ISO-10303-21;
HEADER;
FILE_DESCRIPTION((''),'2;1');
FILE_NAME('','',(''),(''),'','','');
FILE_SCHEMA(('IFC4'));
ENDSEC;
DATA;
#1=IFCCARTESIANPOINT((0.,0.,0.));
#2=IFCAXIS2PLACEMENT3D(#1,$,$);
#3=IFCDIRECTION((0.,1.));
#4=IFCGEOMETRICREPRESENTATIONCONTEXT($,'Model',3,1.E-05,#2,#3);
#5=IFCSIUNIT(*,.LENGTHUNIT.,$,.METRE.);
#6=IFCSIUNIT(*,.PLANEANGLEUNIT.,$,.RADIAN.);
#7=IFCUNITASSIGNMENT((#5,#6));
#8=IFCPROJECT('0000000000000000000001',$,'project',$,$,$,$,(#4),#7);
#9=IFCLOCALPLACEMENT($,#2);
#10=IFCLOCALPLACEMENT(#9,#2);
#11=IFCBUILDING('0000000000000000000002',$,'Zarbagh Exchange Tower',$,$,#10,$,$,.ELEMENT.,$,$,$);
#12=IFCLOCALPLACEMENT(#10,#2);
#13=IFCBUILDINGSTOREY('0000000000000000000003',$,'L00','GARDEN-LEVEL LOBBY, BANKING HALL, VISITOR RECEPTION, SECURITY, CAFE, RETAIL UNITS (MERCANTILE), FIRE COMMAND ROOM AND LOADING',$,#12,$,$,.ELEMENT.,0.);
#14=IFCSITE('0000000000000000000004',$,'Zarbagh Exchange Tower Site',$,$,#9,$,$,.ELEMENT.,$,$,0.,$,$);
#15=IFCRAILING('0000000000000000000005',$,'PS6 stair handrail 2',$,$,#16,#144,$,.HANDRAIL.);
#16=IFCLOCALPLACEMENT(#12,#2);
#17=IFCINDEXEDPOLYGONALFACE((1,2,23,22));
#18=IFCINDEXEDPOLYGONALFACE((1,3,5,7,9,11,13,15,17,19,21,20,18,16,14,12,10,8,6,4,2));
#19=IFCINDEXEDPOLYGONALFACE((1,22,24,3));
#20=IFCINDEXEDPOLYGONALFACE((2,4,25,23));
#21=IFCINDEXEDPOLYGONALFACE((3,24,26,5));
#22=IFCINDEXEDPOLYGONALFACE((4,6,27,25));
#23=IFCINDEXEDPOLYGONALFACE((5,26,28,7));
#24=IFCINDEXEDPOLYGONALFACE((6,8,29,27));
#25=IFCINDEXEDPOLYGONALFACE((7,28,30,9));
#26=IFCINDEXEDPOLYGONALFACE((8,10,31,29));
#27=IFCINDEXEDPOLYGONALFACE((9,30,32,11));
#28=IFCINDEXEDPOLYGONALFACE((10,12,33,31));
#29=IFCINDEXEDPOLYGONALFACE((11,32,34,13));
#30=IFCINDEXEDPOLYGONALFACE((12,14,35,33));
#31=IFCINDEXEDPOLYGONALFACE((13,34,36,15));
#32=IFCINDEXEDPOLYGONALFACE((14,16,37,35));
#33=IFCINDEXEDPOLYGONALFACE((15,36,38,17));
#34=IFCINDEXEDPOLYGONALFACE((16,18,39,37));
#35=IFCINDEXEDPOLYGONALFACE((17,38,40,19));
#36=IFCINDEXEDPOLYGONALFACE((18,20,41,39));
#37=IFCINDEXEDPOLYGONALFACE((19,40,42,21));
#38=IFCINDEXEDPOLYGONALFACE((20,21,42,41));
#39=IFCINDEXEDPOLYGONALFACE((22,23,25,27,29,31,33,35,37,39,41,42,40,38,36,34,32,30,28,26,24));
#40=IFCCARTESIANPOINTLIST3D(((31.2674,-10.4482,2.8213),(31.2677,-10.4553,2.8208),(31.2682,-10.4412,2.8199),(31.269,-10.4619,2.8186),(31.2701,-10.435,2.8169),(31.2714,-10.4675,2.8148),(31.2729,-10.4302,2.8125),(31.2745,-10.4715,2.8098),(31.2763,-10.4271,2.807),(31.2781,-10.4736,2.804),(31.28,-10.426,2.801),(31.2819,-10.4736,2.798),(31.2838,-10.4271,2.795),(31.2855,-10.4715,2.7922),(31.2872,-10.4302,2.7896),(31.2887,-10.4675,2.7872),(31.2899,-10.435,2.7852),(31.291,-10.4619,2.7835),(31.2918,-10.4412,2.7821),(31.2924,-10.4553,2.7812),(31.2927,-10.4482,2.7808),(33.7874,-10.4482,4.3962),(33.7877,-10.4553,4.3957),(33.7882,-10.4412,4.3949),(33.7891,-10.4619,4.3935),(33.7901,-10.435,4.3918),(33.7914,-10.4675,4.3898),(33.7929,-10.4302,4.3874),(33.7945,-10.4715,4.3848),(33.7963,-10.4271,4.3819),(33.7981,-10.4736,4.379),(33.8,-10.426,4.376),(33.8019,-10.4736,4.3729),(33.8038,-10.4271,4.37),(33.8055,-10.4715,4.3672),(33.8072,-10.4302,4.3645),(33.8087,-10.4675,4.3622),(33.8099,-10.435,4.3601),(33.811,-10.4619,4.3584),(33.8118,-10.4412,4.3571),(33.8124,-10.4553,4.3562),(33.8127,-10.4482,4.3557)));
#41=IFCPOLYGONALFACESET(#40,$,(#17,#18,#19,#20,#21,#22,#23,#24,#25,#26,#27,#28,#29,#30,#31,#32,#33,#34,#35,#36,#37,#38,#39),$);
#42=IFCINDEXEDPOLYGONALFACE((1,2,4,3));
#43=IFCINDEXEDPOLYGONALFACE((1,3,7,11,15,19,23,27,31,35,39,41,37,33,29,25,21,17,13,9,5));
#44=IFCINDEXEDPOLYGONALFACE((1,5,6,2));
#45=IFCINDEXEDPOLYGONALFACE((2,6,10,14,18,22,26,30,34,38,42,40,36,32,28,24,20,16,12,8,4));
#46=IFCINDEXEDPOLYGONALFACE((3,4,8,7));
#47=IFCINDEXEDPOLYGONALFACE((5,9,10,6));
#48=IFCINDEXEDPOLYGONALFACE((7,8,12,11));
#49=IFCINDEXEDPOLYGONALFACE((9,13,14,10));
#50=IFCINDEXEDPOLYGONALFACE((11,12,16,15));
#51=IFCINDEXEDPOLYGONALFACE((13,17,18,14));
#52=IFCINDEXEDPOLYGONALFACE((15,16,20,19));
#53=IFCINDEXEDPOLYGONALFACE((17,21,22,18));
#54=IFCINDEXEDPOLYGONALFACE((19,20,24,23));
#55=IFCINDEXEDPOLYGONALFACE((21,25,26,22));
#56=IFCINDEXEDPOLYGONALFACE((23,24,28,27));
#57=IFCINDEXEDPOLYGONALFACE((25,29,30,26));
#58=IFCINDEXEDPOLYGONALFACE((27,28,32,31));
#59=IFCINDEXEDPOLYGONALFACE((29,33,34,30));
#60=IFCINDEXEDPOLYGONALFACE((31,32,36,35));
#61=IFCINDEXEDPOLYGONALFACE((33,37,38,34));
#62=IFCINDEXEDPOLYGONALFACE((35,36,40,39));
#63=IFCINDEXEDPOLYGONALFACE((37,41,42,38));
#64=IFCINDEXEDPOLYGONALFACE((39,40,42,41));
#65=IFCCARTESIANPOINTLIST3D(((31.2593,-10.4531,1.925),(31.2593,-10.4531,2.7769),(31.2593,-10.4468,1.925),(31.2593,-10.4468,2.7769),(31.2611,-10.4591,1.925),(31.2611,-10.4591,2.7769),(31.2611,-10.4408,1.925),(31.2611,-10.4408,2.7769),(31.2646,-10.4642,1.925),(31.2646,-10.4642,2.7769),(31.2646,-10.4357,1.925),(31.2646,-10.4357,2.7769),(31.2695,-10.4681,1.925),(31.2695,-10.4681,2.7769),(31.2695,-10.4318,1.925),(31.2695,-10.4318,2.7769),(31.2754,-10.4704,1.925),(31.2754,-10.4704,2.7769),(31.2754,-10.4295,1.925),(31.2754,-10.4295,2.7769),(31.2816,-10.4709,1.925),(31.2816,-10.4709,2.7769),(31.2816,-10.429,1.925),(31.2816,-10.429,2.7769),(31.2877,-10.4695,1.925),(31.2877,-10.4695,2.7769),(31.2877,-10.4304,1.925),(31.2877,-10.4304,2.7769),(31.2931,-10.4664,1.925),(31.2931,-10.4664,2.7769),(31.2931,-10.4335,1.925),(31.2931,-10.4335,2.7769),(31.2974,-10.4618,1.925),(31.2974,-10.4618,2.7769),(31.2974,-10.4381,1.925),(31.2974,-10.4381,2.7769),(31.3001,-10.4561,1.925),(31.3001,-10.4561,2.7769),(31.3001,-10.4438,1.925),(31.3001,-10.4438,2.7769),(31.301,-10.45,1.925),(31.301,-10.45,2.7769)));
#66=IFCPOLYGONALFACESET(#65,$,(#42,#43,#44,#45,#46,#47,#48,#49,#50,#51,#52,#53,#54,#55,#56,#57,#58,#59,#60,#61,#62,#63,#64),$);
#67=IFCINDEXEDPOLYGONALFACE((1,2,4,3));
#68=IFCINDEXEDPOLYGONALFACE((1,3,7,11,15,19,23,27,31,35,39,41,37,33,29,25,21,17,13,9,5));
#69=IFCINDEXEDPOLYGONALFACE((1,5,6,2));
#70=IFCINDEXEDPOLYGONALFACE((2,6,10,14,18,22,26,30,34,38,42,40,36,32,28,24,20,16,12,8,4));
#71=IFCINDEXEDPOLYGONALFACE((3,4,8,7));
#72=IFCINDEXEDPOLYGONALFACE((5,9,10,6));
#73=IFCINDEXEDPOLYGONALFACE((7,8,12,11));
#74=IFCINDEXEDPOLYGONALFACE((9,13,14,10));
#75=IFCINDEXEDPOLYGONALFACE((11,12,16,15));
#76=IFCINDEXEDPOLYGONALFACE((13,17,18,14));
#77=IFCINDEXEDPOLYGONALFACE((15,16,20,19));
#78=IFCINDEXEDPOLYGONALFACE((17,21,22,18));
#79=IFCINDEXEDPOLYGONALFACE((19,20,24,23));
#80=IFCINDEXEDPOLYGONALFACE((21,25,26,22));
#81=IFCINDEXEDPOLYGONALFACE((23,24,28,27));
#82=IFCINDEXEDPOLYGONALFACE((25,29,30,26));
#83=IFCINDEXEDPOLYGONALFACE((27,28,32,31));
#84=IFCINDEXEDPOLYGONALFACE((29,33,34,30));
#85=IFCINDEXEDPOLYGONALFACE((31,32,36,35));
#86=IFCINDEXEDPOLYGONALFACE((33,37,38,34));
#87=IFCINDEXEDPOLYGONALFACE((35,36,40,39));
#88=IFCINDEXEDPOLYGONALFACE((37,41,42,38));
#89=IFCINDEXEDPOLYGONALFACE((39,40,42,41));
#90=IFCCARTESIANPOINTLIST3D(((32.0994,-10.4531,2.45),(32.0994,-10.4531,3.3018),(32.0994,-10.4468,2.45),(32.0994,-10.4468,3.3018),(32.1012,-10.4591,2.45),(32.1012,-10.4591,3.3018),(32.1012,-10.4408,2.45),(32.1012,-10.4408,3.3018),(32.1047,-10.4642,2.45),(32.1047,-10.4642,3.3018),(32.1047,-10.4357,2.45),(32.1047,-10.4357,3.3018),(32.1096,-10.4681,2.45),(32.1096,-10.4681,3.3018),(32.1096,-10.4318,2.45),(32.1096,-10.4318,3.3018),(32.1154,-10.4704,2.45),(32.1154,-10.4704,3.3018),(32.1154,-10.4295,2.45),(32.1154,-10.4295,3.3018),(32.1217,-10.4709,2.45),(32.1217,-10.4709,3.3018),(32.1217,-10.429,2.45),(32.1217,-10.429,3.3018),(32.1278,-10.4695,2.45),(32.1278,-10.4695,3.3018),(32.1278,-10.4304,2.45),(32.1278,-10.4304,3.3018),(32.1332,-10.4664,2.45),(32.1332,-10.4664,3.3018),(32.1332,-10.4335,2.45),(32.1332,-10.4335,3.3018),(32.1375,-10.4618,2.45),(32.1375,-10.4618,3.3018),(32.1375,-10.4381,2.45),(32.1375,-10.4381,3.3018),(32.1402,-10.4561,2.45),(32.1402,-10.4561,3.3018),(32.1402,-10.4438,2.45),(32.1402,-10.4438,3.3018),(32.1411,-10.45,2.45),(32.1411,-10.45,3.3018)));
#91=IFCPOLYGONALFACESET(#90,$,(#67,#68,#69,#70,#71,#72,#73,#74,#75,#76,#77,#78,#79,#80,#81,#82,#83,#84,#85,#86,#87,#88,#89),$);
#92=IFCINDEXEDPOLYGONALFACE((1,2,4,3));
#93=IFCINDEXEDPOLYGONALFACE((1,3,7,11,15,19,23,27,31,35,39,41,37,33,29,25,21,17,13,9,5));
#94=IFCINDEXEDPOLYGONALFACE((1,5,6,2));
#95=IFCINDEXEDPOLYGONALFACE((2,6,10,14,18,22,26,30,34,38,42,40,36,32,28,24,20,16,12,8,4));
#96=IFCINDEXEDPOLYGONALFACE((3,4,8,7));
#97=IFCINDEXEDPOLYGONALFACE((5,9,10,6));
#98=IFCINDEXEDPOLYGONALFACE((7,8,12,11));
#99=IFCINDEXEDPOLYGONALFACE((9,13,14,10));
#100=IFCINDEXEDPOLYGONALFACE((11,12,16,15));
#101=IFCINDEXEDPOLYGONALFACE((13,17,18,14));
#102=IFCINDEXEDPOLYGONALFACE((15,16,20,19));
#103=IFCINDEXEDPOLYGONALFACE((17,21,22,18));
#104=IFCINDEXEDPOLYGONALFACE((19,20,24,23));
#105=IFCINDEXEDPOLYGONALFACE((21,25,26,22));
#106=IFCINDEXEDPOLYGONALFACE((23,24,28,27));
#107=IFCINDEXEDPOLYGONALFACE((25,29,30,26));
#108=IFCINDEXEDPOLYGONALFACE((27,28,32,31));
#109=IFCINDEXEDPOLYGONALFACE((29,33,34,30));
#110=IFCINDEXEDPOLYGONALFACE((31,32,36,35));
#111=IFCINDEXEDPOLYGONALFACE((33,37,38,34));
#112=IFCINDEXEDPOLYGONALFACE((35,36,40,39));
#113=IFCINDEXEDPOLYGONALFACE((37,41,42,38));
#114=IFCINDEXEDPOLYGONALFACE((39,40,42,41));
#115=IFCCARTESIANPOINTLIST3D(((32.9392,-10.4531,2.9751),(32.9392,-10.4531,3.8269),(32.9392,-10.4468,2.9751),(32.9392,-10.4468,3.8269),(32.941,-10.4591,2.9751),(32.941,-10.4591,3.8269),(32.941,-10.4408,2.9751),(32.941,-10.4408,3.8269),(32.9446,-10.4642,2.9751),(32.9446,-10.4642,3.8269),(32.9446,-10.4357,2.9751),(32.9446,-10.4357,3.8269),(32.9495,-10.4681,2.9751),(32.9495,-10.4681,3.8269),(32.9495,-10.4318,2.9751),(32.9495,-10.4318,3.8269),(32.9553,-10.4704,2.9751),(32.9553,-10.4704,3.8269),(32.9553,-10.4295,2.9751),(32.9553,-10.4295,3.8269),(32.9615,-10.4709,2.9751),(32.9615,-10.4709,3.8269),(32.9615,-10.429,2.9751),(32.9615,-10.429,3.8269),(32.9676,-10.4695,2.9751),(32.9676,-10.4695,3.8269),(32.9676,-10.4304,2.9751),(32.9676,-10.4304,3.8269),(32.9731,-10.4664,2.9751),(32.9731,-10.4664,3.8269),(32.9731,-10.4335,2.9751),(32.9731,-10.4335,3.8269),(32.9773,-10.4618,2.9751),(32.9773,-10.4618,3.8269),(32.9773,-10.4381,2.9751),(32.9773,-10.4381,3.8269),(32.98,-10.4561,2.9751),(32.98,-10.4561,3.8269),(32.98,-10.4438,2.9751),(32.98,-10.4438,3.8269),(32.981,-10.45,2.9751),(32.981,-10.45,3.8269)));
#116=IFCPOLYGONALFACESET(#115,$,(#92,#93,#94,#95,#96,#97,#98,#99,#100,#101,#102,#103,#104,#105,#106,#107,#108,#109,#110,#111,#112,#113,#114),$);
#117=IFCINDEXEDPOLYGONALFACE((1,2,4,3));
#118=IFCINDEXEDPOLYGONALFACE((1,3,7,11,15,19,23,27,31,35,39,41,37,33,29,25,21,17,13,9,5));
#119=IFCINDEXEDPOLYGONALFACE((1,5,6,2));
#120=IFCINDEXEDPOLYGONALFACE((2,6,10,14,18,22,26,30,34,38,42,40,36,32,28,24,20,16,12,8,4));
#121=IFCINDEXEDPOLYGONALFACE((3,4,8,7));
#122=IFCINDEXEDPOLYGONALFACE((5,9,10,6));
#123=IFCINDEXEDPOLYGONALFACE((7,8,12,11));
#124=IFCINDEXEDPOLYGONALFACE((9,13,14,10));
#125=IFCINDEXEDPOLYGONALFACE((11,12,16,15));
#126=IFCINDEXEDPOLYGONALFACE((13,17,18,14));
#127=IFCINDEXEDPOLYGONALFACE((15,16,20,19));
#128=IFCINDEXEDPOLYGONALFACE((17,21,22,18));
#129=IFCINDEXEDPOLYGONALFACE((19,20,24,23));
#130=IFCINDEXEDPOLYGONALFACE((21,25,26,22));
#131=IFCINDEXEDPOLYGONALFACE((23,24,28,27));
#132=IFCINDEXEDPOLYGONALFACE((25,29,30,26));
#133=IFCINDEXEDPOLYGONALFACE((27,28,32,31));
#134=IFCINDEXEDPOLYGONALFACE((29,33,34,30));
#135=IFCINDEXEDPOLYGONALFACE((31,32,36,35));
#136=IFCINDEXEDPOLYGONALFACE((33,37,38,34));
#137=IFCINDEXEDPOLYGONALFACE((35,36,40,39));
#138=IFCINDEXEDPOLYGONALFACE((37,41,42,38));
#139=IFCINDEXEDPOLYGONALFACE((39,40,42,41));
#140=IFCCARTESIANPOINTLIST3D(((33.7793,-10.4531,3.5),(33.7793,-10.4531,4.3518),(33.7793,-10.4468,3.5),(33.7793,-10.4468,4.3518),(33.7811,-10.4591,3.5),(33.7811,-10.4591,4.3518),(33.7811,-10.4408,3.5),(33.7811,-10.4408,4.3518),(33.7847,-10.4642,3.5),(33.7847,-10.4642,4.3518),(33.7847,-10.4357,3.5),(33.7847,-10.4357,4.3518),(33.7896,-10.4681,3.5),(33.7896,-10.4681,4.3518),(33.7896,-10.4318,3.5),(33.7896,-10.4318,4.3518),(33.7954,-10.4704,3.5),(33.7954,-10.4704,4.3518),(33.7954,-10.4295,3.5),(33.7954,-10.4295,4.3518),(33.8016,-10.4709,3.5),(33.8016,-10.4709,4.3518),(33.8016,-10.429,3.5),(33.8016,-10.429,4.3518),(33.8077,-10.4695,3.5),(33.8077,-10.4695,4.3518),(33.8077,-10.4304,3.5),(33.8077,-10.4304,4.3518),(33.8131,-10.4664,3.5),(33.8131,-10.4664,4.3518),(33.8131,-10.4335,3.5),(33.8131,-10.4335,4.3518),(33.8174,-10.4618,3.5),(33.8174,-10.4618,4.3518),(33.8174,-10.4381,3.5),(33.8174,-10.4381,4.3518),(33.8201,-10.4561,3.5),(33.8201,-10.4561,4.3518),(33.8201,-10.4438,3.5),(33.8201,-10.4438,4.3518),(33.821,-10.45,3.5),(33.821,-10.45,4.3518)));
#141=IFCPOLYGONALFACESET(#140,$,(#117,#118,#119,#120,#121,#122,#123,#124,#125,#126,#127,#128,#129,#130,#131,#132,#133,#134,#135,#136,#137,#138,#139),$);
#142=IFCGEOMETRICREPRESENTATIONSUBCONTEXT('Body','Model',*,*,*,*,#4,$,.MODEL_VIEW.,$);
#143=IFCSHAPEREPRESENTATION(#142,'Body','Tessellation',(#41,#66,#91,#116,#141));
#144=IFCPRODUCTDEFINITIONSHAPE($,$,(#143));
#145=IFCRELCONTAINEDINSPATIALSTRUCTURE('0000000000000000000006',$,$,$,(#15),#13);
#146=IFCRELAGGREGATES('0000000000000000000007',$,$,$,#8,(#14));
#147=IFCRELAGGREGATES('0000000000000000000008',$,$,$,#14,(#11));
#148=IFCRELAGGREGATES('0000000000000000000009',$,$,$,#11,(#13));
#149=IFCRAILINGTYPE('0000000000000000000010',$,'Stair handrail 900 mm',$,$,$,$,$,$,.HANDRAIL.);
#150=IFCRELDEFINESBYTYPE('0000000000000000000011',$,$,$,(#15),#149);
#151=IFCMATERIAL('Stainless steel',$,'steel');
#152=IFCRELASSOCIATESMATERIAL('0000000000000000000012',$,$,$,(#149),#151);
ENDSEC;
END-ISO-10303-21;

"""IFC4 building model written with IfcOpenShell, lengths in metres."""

from ifc_helpers import new_model, si_unit, direction, frame, origin, origin_2d, place, context, subcontext, project, spatial, circle, extrude, material, type_object, element, save


model = new_model("IFC4")

# Units and contexts
model_context = context("Model", 3, precision=1e-05, world=origin(), true_north=direction((0.0, 1.0)))
body_context = subcontext(model_context, "Body", "Model", "MODEL_VIEW")
ifc_project = project(units=[si_unit("LENGTHUNIT", "METRE"), si_unit("PLANEANGLEUNIT", "RADIAN")], contexts=[model_context])

# Site, building, storey
site_placement = place(None, origin())
site = spatial("IfcSite", under=ifc_project, at=site_placement, Name="Zarbagh Exchange Tower Site", CompositionType="ELEMENT", RefElevation=0.0)
building_placement = place(site_placement, origin())
building = spatial("IfcBuilding", under=site, at=building_placement, Name="Zarbagh Exchange Tower", CompositionType="ELEMENT")
storey_placement = place(building_placement, origin())
storey = spatial("IfcBuildingStorey", under=building, at=storey_placement, Name="L00", Description="GARDEN-LEVEL LOBBY, BANKING HALL, VISITOR RECEPTION, SECURITY, CAFE, RETAIL UNITS (MERCANTILE), FIRE COMMAND ROOM AND LOADING", CompositionType="ELEMENT", Elevation=0.0)

# Railing
ifc_material_1 = material(Name="Stainless steel", Category="steel")
railing_type_1 = type_object("IfcRailingType", Name="Stair handrail 900 mm", PredefinedType="HANDRAIL", material=ifc_material_1)
for number, where, name in (
    (1, (31.28, -10.45, 1.925), "PS6 stair handrail 2"),
):
    element("IfcRailing", number, at=place(storey_placement, frame(where)), inside=storey, type_object=railing_type_1, Name=name, PredefinedType="HANDRAIL", context=body_context, shape_type="SweptSolid", body=[
        extrude(circle(Radius=0.0239, at=origin_2d()), frame((0.0, 0.0, 0.876), z_axis=(0.848008, 0.0, 0.529984), x_axis=(0.0, 1.0, 0.0)), (0.0, 0.0, 1.0), 2.9717),
        extrude(circle(Radius=0.021, at=origin_2d()), origin(), (0.0, 0.0, 1.0), 0.8518),
        extrude(circle(Radius=0.021, at=origin_2d()), frame((0.8401, 0.0, 0.5249)), (0.0, 0.0, 1.0), 0.8518),
        extrude(circle(Radius=0.021, at=origin_2d()), frame((1.6799, 0.0, 1.05)), (0.0, 0.0, 1.0), 0.8518),
        extrude(circle(Radius=0.021, at=origin_2d()), frame((2.52, 0.0, 1.575)), (0.0, 0.0, 1.0), 0.8518),
    ])

save(model, "model.ifc")
